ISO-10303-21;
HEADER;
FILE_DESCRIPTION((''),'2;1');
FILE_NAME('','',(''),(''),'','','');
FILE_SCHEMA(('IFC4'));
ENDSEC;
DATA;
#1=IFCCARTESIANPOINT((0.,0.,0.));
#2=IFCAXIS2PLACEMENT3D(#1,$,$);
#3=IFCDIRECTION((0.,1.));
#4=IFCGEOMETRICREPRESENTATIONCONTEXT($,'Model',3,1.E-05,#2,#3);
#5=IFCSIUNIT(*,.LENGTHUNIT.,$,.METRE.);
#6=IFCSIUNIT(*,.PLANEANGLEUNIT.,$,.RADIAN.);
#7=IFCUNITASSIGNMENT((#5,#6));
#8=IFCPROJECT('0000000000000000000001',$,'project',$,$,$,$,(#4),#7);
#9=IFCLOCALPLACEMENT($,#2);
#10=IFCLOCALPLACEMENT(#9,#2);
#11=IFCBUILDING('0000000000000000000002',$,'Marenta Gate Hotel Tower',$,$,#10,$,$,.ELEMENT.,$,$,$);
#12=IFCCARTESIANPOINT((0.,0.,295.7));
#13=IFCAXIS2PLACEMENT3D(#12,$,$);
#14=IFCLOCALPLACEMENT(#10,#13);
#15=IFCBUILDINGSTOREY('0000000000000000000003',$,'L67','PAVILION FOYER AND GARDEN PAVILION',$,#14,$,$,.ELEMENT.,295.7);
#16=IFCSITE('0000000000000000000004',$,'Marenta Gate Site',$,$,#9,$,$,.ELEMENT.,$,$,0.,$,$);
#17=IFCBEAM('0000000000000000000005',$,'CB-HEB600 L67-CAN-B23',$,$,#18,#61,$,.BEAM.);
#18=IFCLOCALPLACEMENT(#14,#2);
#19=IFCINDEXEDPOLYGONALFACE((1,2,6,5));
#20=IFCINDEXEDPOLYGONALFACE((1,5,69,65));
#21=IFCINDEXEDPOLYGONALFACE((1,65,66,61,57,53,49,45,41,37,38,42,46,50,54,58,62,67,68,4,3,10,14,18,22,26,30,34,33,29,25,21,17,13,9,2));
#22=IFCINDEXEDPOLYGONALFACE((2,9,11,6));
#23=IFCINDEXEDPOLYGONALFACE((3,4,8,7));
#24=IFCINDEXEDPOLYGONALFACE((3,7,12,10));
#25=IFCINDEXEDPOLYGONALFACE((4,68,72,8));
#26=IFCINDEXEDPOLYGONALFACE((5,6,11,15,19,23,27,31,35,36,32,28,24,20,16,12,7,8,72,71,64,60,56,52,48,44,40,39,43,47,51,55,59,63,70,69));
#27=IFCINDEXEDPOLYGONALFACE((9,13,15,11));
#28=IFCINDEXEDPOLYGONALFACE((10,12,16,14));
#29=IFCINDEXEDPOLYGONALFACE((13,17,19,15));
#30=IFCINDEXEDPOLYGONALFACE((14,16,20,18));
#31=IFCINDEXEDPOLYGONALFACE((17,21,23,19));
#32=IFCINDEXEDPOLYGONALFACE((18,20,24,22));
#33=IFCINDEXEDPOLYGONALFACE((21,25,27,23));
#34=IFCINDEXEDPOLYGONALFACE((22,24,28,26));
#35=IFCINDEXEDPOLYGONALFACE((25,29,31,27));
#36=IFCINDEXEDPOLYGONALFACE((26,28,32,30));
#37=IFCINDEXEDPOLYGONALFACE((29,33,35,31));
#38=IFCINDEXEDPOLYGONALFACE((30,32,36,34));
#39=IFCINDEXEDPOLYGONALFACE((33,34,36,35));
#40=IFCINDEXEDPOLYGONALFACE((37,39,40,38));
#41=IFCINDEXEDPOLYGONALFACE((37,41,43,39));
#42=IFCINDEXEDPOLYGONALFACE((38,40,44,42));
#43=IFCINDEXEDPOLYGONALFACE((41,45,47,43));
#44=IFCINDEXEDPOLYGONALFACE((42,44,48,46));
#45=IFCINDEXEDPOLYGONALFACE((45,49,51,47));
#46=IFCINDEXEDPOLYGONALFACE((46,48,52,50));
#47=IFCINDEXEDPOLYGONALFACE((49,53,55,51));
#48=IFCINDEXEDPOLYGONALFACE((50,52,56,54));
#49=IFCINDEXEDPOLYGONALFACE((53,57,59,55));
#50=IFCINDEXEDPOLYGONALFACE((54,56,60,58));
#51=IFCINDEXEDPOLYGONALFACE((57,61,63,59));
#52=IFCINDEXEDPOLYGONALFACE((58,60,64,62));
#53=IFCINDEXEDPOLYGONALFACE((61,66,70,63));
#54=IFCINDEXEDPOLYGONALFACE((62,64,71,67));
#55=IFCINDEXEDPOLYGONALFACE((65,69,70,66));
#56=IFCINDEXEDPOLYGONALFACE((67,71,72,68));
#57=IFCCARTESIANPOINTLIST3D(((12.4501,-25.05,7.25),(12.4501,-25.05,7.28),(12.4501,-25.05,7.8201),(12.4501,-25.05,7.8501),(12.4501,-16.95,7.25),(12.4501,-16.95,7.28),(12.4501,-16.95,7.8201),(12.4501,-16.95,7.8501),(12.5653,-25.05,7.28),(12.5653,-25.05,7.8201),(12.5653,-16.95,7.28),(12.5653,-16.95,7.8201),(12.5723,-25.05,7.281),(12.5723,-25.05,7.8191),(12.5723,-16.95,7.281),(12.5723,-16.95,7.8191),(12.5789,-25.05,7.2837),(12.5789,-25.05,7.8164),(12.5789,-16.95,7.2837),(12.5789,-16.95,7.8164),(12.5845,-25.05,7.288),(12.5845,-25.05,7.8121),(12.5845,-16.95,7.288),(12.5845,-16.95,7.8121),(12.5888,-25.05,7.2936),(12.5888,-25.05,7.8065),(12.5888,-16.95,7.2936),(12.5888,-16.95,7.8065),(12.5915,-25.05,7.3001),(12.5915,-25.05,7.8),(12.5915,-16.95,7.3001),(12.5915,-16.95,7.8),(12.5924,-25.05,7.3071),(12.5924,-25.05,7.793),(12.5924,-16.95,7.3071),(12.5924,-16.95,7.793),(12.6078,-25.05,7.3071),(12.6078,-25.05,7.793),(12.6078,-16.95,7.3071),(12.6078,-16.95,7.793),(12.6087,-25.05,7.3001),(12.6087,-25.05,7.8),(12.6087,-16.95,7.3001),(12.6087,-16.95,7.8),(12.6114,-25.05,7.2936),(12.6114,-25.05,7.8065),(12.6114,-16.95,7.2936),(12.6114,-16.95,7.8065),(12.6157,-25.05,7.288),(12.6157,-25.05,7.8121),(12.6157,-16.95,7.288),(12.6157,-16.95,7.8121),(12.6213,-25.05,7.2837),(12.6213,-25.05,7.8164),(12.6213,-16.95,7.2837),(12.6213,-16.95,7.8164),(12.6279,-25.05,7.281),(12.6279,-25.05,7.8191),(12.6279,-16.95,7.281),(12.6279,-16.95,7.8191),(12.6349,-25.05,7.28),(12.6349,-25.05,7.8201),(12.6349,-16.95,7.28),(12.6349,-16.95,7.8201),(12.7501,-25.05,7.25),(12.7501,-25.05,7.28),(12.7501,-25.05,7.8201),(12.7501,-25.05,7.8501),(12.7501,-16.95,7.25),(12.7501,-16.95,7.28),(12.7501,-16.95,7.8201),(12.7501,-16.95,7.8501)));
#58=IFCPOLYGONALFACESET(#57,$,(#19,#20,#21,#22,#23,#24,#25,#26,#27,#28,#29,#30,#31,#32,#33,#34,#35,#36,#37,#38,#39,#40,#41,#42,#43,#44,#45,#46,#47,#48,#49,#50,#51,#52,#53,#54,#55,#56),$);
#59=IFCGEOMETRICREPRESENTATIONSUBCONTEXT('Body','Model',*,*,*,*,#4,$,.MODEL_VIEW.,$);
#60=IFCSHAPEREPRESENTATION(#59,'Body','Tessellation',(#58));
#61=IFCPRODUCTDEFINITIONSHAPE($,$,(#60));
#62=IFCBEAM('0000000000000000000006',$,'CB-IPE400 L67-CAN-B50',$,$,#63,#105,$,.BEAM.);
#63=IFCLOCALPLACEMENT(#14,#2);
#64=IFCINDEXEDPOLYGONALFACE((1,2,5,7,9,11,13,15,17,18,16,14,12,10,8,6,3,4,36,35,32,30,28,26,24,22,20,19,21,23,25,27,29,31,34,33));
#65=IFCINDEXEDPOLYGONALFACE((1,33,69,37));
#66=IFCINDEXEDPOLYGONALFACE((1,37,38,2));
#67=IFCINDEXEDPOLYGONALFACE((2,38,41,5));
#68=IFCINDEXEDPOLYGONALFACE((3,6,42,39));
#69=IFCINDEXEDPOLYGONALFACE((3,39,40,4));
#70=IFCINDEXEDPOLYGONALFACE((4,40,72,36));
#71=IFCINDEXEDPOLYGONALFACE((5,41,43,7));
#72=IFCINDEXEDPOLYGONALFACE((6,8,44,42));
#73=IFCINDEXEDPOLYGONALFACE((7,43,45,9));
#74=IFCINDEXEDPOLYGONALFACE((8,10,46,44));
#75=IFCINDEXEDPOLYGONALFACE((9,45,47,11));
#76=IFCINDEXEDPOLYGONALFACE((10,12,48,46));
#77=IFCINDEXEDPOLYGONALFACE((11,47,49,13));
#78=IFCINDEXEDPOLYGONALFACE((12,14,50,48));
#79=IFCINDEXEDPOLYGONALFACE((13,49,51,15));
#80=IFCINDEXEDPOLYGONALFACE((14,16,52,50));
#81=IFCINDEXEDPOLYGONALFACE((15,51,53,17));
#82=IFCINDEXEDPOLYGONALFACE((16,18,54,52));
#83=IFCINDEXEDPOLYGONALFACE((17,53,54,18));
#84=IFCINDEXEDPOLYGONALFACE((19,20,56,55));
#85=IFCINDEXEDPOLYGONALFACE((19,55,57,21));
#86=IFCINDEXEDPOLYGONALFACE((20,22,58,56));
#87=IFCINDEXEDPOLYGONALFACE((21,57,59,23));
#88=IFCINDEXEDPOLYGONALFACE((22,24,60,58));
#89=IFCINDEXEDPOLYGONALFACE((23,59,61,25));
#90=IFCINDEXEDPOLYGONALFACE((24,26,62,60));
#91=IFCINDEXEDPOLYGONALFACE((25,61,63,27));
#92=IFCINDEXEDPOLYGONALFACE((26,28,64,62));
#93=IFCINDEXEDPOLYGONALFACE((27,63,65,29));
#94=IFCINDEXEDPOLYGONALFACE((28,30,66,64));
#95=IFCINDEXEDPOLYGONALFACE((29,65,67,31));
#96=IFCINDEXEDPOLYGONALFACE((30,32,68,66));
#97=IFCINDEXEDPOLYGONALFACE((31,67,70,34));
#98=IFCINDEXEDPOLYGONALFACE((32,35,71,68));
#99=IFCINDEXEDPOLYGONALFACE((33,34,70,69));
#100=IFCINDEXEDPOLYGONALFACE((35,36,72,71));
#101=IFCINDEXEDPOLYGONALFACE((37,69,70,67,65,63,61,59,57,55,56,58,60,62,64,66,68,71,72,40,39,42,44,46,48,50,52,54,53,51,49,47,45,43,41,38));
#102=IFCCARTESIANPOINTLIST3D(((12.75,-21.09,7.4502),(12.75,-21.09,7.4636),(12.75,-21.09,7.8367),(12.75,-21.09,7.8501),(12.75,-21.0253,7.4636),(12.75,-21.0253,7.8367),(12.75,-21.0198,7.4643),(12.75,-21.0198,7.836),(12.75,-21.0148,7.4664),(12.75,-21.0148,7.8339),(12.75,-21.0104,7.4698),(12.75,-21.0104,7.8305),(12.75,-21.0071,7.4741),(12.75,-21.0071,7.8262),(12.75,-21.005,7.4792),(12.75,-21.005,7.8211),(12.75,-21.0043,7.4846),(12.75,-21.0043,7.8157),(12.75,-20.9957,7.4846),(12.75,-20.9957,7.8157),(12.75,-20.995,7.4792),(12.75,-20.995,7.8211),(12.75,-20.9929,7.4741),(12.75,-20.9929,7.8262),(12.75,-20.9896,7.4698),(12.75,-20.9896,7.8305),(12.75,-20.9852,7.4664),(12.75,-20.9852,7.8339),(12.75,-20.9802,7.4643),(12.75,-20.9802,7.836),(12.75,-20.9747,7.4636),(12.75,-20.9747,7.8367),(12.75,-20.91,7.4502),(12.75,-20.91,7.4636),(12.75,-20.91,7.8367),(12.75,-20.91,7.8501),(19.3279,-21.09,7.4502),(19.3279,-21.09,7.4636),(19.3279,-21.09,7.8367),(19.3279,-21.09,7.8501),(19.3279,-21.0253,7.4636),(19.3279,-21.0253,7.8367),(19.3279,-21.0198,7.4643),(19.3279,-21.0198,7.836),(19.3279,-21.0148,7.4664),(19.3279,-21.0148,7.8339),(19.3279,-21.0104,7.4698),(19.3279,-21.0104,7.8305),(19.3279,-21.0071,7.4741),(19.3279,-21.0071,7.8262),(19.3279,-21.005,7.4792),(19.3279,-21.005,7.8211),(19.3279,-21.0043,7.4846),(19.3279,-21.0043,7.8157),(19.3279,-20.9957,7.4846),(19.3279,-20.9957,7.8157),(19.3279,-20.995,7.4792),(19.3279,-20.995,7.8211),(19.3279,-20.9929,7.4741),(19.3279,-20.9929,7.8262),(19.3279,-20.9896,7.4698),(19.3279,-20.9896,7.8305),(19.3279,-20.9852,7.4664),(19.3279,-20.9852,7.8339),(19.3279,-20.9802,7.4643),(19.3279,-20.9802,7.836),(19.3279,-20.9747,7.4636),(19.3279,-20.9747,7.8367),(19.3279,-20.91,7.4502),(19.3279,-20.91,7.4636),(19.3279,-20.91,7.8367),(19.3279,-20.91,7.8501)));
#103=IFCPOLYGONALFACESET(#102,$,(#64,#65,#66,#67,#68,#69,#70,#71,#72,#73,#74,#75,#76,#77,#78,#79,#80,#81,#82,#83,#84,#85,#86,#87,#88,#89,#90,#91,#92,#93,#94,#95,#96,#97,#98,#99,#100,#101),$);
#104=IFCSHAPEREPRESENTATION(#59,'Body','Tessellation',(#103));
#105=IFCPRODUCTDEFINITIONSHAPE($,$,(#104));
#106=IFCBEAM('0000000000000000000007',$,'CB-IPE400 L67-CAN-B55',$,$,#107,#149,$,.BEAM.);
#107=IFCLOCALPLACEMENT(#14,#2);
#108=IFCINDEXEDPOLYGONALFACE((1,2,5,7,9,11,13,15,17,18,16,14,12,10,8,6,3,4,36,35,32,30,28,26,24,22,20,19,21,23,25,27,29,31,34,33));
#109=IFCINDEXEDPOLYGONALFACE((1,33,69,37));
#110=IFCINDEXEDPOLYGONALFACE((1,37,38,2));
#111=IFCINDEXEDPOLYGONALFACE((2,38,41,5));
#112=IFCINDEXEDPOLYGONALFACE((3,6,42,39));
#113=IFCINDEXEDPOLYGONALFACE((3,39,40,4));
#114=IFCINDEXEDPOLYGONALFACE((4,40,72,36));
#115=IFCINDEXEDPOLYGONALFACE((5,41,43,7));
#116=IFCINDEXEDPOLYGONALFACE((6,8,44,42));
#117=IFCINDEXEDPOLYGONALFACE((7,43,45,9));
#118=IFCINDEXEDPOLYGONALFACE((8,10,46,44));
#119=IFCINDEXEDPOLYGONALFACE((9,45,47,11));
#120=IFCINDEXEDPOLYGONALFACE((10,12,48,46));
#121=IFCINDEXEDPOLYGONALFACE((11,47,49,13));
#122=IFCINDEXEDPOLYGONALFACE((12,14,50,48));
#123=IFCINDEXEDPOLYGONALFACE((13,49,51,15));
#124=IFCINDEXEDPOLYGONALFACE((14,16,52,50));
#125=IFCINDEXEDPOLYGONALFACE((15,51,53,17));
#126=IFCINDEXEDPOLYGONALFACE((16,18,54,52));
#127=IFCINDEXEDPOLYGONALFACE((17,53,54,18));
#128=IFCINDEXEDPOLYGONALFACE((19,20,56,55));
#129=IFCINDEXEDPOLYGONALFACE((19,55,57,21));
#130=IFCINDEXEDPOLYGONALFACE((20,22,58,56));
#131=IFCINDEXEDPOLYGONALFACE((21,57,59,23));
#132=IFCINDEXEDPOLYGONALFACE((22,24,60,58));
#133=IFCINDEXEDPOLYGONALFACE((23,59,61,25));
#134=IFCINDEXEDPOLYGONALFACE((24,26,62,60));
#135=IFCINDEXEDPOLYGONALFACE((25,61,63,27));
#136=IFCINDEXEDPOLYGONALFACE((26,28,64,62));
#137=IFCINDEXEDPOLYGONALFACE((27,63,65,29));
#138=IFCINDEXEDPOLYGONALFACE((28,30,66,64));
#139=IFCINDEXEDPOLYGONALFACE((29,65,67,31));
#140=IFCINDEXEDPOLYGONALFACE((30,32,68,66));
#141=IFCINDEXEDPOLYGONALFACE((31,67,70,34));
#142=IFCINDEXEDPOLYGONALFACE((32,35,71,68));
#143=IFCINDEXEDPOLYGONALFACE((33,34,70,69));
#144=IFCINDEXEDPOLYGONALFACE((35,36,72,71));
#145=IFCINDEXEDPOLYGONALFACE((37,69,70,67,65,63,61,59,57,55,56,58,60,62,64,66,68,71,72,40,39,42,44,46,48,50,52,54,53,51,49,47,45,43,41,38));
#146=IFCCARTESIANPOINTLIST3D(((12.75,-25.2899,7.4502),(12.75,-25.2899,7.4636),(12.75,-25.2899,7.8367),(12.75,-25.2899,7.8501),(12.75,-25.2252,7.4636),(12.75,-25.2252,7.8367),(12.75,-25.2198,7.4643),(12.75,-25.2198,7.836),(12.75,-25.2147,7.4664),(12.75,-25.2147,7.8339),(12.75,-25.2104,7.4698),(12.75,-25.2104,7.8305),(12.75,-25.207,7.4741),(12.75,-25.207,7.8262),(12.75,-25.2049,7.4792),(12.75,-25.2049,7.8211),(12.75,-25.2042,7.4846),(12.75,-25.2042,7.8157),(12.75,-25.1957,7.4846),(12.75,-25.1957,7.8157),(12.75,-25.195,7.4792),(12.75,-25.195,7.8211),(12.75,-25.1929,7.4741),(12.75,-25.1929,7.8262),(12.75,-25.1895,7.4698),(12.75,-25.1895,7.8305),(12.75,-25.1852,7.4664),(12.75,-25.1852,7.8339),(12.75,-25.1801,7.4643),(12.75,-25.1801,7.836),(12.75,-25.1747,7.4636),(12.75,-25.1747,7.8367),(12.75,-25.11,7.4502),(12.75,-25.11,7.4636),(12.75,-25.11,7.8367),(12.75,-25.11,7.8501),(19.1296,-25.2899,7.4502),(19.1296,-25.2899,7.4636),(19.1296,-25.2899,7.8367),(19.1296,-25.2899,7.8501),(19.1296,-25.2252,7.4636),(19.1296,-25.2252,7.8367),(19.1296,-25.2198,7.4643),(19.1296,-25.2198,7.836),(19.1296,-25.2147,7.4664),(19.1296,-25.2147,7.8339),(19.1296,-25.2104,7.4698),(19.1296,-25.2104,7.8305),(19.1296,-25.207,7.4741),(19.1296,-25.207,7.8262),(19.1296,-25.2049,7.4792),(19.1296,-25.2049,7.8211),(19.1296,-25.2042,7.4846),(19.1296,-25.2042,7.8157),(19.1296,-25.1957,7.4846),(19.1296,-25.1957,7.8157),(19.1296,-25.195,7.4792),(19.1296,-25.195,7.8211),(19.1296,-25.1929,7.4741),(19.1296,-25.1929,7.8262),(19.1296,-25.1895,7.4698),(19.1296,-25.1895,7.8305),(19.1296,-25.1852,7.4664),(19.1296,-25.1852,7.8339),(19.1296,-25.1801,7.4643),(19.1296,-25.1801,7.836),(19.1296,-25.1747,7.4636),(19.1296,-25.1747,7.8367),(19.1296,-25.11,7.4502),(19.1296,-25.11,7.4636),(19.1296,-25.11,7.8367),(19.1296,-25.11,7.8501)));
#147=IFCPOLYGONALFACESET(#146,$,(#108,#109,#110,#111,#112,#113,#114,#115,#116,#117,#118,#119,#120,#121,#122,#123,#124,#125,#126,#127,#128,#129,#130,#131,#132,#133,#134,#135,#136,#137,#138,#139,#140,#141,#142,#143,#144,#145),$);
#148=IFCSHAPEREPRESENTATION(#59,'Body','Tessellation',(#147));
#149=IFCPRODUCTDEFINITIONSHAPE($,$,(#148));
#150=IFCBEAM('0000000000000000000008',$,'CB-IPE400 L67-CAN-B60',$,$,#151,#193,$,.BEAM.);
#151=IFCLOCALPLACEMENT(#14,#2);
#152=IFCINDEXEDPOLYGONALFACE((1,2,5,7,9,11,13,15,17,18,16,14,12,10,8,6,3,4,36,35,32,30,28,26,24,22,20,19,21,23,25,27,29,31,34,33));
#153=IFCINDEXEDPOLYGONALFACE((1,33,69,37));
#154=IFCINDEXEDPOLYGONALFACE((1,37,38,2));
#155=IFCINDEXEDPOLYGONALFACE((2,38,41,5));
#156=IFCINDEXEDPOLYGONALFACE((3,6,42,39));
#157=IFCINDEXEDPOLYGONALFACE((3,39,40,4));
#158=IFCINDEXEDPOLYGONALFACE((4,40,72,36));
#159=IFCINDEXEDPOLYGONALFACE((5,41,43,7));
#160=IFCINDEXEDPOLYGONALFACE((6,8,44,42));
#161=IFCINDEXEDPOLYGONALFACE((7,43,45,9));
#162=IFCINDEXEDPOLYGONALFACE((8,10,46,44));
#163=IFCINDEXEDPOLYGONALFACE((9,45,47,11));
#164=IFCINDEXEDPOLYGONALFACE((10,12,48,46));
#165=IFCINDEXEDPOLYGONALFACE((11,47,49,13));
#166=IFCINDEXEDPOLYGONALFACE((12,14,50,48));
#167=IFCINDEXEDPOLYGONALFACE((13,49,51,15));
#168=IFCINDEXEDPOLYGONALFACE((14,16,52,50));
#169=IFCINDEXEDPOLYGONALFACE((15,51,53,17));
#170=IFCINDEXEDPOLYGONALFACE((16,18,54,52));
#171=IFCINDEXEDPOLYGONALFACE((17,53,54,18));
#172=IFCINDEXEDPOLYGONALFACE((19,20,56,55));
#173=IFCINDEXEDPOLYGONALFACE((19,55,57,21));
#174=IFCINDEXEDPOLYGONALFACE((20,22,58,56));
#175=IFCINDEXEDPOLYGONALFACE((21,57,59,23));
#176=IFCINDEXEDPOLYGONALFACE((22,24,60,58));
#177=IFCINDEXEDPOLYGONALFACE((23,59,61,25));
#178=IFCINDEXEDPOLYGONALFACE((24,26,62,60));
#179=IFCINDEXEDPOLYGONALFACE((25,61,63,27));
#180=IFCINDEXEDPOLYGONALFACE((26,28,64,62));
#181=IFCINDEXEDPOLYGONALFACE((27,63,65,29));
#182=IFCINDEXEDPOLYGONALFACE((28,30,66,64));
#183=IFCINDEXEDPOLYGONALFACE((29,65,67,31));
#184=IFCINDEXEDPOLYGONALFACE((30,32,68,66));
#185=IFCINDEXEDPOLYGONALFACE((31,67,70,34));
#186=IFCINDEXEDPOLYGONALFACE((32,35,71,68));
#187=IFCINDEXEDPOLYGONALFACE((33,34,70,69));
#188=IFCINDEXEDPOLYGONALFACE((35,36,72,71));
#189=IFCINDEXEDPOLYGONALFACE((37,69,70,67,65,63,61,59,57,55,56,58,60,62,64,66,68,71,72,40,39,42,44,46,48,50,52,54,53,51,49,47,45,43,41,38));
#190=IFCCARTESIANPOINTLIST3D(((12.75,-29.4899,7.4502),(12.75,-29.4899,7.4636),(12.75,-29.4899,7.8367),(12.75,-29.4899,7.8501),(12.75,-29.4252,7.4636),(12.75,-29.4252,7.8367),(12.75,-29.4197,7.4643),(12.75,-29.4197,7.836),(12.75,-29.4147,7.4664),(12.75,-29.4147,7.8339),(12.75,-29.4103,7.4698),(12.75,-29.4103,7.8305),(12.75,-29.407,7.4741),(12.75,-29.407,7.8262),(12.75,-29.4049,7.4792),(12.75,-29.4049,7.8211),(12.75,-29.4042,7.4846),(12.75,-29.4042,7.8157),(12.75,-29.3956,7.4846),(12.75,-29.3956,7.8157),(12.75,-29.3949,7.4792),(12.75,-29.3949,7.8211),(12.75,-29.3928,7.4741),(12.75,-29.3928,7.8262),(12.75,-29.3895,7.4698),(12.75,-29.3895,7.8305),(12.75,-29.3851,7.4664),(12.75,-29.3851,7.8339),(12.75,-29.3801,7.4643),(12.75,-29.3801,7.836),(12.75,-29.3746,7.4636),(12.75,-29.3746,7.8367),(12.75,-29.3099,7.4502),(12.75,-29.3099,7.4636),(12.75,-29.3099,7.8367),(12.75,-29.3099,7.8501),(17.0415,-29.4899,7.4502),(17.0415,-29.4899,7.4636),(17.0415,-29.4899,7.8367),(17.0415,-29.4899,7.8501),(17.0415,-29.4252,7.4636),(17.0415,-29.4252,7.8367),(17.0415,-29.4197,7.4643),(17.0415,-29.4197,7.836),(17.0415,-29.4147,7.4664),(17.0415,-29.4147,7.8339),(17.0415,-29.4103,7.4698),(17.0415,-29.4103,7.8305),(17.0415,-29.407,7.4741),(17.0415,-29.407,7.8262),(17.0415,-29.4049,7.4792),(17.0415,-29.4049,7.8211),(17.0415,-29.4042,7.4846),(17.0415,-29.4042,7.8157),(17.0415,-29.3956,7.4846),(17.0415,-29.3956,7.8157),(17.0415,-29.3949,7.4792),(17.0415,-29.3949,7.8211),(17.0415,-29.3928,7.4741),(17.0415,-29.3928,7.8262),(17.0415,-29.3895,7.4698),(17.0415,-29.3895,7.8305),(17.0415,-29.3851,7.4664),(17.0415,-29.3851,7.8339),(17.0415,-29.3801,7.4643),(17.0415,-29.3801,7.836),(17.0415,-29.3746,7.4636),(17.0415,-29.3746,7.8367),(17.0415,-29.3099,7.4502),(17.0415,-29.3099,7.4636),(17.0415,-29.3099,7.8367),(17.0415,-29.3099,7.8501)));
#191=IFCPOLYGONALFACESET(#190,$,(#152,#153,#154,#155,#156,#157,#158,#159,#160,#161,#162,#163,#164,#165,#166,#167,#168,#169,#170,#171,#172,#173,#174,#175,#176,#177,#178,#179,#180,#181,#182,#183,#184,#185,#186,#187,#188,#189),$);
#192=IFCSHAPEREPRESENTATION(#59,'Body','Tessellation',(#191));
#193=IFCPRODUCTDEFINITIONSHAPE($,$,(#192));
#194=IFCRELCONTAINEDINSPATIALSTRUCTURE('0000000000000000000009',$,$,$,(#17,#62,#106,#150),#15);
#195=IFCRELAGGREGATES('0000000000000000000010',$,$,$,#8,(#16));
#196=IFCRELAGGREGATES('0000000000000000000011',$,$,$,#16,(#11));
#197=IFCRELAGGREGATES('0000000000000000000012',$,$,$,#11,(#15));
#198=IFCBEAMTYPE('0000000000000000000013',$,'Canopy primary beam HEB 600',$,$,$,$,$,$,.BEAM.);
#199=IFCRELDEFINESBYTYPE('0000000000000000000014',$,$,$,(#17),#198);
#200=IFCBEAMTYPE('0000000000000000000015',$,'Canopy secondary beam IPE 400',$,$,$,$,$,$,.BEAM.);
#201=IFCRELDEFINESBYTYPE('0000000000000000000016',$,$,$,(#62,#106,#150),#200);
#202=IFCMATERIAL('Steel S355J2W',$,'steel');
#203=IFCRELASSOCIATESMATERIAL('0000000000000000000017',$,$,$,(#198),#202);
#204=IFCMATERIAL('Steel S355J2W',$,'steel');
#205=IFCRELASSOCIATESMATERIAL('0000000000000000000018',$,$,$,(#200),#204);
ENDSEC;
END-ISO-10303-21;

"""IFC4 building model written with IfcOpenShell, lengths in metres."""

from ifc_helpers import new_model, si_unit, direction, frame, origin, origin_2d, place, context, subcontext, project, spatial, i_section, extrude, material, material_profile, profile_set, type_object, element, save


model = new_model("IFC4")

# Units and contexts
model_context = context("Model", 3, precision=1e-05, world=origin(), true_north=direction((0.0, 1.0)))
body_context = subcontext(model_context, "Body", "Model", "MODEL_VIEW")
ifc_project = project(units=[si_unit("LENGTHUNIT", "METRE"), si_unit("PLANEANGLEUNIT", "RADIAN")], contexts=[model_context])

# Site, building, storey
site_placement = place(None, origin())
site = spatial("IfcSite", under=ifc_project, at=site_placement, Name="Marenta Gate Site", CompositionType="ELEMENT", RefElevation=0.0)
building_placement = place(site_placement, origin())
building = spatial("IfcBuilding", under=site, at=building_placement, Name="Marenta Gate Hotel Tower", CompositionType="ELEMENT")
storey_placement = place(building_placement, frame((0.0, 0.0, 295.7)))
storey = spatial("IfcBuildingStorey", under=building, at=storey_placement, Name="L67", Description="PAVILION FOYER AND GARDEN PAVILION", CompositionType="ELEMENT", Elevation=295.7)

# Beams
ifc_material_1 = material(Name="Steel S355J2W", Category="steel")
ifc_material_profile_1 = material_profile(ifc_material_1, i_section(OverallWidth=0.3, OverallDepth=0.6001, WebThickness=0.0154, FlangeThickness=0.03, FilletRadius=0.0271, at=origin_2d()), Name="HEB 600")
ifc_profile_set_1 = profile_set([ifc_material_profile_1], Name="Steel S355J2W")
beam_type_1 = type_object("IfcBeamType", Name="Canopy primary beam HEB 600", PredefinedType="BEAM", material=ifc_profile_set_1)
beam_1_placement = place(storey_placement, frame((12.6001, -25.05, 7.55), z_axis=(0.0, 1.0, 0.0), x_axis=(-1.0, 0.0, 0.0)))
element("IfcBeam", 1, at=beam_1_placement, inside=storey, type_object=beam_type_1, Name="CB-HEB600 L67-CAN-B23", PredefinedType="BEAM", context=body_context, shape_type="SweptSolid", body=[
    extrude(i_section(OverallWidth=0.3, OverallDepth=0.6001, WebThickness=0.0154, FlangeThickness=0.03, FilletRadius=0.0271, at=origin_2d()), origin(), (0.0, 0.0, 1.0), 8.1001),
])
ifc_material_2 = material(Name="Steel S355J2W", Category="steel")
ifc_material_profile_2 = material_profile(ifc_material_2, i_section(OverallWidth=0.1799, OverallDepth=0.3999, WebThickness=0.0085, FlangeThickness=0.0134, FilletRadius=0.021, at=origin_2d()), Name="IPE 400")
ifc_profile_set_2 = profile_set([ifc_material_profile_2], Name="Steel S355J2W")
beam_type_2 = type_object("IfcBeamType", Name="Canopy secondary beam IPE 400", PredefinedType="BEAM", material=ifc_profile_set_2)
beam_2_placement = place(storey_placement, frame((12.75, -21.0, 7.6501), z_axis=(1.0, 0.0, 0.0), x_axis=(0.0, 1.0, 0.0)))
element("IfcBeam", 2, at=beam_2_placement, inside=storey, type_object=beam_type_2, Name="CB-IPE400 L67-CAN-B50", PredefinedType="BEAM", context=body_context, shape_type="SweptSolid", body=[
    extrude(i_section(OverallWidth=0.1799, OverallDepth=0.3999, WebThickness=0.0085, FlangeThickness=0.0134, FilletRadius=0.021, at=origin_2d()), origin(), (0.0, 0.0, 1.0), 6.5779),
])
beam_3_placement = place(storey_placement, frame((12.75, -25.2, 7.6501), z_axis=(1.0, 0.0, 0.0), x_axis=(0.0, 1.0, 0.0)))
element("IfcBeam", 3, at=beam_3_placement, inside=storey, type_object=beam_type_2, Name="CB-IPE400 L67-CAN-B55", PredefinedType="BEAM", context=body_context, shape_type="SweptSolid", body=[
    extrude(i_section(OverallWidth=0.1799, OverallDepth=0.3999, WebThickness=0.0085, FlangeThickness=0.0134, FilletRadius=0.021, at=origin_2d()), origin(), (0.0, 0.0, 1.0), 6.3796),
])
beam_4_placement = place(storey_placement, frame((12.75, -29.3999, 7.6501), z_axis=(1.0, 0.0, 0.0), x_axis=(0.0, 1.0, 0.0)))
element("IfcBeam", 4, at=beam_4_placement, inside=storey, type_object=beam_type_2, Name="CB-IPE400 L67-CAN-B60", PredefinedType="BEAM", context=body_context, shape_type="SweptSolid", body=[
    extrude(i_section(OverallWidth=0.1799, OverallDepth=0.3999, WebThickness=0.0085, FlangeThickness=0.0134, FilletRadius=0.021, at=origin_2d()), origin(), (0.0, 0.0, 1.0), 4.2915),
])

save(model, "model.ifc")
